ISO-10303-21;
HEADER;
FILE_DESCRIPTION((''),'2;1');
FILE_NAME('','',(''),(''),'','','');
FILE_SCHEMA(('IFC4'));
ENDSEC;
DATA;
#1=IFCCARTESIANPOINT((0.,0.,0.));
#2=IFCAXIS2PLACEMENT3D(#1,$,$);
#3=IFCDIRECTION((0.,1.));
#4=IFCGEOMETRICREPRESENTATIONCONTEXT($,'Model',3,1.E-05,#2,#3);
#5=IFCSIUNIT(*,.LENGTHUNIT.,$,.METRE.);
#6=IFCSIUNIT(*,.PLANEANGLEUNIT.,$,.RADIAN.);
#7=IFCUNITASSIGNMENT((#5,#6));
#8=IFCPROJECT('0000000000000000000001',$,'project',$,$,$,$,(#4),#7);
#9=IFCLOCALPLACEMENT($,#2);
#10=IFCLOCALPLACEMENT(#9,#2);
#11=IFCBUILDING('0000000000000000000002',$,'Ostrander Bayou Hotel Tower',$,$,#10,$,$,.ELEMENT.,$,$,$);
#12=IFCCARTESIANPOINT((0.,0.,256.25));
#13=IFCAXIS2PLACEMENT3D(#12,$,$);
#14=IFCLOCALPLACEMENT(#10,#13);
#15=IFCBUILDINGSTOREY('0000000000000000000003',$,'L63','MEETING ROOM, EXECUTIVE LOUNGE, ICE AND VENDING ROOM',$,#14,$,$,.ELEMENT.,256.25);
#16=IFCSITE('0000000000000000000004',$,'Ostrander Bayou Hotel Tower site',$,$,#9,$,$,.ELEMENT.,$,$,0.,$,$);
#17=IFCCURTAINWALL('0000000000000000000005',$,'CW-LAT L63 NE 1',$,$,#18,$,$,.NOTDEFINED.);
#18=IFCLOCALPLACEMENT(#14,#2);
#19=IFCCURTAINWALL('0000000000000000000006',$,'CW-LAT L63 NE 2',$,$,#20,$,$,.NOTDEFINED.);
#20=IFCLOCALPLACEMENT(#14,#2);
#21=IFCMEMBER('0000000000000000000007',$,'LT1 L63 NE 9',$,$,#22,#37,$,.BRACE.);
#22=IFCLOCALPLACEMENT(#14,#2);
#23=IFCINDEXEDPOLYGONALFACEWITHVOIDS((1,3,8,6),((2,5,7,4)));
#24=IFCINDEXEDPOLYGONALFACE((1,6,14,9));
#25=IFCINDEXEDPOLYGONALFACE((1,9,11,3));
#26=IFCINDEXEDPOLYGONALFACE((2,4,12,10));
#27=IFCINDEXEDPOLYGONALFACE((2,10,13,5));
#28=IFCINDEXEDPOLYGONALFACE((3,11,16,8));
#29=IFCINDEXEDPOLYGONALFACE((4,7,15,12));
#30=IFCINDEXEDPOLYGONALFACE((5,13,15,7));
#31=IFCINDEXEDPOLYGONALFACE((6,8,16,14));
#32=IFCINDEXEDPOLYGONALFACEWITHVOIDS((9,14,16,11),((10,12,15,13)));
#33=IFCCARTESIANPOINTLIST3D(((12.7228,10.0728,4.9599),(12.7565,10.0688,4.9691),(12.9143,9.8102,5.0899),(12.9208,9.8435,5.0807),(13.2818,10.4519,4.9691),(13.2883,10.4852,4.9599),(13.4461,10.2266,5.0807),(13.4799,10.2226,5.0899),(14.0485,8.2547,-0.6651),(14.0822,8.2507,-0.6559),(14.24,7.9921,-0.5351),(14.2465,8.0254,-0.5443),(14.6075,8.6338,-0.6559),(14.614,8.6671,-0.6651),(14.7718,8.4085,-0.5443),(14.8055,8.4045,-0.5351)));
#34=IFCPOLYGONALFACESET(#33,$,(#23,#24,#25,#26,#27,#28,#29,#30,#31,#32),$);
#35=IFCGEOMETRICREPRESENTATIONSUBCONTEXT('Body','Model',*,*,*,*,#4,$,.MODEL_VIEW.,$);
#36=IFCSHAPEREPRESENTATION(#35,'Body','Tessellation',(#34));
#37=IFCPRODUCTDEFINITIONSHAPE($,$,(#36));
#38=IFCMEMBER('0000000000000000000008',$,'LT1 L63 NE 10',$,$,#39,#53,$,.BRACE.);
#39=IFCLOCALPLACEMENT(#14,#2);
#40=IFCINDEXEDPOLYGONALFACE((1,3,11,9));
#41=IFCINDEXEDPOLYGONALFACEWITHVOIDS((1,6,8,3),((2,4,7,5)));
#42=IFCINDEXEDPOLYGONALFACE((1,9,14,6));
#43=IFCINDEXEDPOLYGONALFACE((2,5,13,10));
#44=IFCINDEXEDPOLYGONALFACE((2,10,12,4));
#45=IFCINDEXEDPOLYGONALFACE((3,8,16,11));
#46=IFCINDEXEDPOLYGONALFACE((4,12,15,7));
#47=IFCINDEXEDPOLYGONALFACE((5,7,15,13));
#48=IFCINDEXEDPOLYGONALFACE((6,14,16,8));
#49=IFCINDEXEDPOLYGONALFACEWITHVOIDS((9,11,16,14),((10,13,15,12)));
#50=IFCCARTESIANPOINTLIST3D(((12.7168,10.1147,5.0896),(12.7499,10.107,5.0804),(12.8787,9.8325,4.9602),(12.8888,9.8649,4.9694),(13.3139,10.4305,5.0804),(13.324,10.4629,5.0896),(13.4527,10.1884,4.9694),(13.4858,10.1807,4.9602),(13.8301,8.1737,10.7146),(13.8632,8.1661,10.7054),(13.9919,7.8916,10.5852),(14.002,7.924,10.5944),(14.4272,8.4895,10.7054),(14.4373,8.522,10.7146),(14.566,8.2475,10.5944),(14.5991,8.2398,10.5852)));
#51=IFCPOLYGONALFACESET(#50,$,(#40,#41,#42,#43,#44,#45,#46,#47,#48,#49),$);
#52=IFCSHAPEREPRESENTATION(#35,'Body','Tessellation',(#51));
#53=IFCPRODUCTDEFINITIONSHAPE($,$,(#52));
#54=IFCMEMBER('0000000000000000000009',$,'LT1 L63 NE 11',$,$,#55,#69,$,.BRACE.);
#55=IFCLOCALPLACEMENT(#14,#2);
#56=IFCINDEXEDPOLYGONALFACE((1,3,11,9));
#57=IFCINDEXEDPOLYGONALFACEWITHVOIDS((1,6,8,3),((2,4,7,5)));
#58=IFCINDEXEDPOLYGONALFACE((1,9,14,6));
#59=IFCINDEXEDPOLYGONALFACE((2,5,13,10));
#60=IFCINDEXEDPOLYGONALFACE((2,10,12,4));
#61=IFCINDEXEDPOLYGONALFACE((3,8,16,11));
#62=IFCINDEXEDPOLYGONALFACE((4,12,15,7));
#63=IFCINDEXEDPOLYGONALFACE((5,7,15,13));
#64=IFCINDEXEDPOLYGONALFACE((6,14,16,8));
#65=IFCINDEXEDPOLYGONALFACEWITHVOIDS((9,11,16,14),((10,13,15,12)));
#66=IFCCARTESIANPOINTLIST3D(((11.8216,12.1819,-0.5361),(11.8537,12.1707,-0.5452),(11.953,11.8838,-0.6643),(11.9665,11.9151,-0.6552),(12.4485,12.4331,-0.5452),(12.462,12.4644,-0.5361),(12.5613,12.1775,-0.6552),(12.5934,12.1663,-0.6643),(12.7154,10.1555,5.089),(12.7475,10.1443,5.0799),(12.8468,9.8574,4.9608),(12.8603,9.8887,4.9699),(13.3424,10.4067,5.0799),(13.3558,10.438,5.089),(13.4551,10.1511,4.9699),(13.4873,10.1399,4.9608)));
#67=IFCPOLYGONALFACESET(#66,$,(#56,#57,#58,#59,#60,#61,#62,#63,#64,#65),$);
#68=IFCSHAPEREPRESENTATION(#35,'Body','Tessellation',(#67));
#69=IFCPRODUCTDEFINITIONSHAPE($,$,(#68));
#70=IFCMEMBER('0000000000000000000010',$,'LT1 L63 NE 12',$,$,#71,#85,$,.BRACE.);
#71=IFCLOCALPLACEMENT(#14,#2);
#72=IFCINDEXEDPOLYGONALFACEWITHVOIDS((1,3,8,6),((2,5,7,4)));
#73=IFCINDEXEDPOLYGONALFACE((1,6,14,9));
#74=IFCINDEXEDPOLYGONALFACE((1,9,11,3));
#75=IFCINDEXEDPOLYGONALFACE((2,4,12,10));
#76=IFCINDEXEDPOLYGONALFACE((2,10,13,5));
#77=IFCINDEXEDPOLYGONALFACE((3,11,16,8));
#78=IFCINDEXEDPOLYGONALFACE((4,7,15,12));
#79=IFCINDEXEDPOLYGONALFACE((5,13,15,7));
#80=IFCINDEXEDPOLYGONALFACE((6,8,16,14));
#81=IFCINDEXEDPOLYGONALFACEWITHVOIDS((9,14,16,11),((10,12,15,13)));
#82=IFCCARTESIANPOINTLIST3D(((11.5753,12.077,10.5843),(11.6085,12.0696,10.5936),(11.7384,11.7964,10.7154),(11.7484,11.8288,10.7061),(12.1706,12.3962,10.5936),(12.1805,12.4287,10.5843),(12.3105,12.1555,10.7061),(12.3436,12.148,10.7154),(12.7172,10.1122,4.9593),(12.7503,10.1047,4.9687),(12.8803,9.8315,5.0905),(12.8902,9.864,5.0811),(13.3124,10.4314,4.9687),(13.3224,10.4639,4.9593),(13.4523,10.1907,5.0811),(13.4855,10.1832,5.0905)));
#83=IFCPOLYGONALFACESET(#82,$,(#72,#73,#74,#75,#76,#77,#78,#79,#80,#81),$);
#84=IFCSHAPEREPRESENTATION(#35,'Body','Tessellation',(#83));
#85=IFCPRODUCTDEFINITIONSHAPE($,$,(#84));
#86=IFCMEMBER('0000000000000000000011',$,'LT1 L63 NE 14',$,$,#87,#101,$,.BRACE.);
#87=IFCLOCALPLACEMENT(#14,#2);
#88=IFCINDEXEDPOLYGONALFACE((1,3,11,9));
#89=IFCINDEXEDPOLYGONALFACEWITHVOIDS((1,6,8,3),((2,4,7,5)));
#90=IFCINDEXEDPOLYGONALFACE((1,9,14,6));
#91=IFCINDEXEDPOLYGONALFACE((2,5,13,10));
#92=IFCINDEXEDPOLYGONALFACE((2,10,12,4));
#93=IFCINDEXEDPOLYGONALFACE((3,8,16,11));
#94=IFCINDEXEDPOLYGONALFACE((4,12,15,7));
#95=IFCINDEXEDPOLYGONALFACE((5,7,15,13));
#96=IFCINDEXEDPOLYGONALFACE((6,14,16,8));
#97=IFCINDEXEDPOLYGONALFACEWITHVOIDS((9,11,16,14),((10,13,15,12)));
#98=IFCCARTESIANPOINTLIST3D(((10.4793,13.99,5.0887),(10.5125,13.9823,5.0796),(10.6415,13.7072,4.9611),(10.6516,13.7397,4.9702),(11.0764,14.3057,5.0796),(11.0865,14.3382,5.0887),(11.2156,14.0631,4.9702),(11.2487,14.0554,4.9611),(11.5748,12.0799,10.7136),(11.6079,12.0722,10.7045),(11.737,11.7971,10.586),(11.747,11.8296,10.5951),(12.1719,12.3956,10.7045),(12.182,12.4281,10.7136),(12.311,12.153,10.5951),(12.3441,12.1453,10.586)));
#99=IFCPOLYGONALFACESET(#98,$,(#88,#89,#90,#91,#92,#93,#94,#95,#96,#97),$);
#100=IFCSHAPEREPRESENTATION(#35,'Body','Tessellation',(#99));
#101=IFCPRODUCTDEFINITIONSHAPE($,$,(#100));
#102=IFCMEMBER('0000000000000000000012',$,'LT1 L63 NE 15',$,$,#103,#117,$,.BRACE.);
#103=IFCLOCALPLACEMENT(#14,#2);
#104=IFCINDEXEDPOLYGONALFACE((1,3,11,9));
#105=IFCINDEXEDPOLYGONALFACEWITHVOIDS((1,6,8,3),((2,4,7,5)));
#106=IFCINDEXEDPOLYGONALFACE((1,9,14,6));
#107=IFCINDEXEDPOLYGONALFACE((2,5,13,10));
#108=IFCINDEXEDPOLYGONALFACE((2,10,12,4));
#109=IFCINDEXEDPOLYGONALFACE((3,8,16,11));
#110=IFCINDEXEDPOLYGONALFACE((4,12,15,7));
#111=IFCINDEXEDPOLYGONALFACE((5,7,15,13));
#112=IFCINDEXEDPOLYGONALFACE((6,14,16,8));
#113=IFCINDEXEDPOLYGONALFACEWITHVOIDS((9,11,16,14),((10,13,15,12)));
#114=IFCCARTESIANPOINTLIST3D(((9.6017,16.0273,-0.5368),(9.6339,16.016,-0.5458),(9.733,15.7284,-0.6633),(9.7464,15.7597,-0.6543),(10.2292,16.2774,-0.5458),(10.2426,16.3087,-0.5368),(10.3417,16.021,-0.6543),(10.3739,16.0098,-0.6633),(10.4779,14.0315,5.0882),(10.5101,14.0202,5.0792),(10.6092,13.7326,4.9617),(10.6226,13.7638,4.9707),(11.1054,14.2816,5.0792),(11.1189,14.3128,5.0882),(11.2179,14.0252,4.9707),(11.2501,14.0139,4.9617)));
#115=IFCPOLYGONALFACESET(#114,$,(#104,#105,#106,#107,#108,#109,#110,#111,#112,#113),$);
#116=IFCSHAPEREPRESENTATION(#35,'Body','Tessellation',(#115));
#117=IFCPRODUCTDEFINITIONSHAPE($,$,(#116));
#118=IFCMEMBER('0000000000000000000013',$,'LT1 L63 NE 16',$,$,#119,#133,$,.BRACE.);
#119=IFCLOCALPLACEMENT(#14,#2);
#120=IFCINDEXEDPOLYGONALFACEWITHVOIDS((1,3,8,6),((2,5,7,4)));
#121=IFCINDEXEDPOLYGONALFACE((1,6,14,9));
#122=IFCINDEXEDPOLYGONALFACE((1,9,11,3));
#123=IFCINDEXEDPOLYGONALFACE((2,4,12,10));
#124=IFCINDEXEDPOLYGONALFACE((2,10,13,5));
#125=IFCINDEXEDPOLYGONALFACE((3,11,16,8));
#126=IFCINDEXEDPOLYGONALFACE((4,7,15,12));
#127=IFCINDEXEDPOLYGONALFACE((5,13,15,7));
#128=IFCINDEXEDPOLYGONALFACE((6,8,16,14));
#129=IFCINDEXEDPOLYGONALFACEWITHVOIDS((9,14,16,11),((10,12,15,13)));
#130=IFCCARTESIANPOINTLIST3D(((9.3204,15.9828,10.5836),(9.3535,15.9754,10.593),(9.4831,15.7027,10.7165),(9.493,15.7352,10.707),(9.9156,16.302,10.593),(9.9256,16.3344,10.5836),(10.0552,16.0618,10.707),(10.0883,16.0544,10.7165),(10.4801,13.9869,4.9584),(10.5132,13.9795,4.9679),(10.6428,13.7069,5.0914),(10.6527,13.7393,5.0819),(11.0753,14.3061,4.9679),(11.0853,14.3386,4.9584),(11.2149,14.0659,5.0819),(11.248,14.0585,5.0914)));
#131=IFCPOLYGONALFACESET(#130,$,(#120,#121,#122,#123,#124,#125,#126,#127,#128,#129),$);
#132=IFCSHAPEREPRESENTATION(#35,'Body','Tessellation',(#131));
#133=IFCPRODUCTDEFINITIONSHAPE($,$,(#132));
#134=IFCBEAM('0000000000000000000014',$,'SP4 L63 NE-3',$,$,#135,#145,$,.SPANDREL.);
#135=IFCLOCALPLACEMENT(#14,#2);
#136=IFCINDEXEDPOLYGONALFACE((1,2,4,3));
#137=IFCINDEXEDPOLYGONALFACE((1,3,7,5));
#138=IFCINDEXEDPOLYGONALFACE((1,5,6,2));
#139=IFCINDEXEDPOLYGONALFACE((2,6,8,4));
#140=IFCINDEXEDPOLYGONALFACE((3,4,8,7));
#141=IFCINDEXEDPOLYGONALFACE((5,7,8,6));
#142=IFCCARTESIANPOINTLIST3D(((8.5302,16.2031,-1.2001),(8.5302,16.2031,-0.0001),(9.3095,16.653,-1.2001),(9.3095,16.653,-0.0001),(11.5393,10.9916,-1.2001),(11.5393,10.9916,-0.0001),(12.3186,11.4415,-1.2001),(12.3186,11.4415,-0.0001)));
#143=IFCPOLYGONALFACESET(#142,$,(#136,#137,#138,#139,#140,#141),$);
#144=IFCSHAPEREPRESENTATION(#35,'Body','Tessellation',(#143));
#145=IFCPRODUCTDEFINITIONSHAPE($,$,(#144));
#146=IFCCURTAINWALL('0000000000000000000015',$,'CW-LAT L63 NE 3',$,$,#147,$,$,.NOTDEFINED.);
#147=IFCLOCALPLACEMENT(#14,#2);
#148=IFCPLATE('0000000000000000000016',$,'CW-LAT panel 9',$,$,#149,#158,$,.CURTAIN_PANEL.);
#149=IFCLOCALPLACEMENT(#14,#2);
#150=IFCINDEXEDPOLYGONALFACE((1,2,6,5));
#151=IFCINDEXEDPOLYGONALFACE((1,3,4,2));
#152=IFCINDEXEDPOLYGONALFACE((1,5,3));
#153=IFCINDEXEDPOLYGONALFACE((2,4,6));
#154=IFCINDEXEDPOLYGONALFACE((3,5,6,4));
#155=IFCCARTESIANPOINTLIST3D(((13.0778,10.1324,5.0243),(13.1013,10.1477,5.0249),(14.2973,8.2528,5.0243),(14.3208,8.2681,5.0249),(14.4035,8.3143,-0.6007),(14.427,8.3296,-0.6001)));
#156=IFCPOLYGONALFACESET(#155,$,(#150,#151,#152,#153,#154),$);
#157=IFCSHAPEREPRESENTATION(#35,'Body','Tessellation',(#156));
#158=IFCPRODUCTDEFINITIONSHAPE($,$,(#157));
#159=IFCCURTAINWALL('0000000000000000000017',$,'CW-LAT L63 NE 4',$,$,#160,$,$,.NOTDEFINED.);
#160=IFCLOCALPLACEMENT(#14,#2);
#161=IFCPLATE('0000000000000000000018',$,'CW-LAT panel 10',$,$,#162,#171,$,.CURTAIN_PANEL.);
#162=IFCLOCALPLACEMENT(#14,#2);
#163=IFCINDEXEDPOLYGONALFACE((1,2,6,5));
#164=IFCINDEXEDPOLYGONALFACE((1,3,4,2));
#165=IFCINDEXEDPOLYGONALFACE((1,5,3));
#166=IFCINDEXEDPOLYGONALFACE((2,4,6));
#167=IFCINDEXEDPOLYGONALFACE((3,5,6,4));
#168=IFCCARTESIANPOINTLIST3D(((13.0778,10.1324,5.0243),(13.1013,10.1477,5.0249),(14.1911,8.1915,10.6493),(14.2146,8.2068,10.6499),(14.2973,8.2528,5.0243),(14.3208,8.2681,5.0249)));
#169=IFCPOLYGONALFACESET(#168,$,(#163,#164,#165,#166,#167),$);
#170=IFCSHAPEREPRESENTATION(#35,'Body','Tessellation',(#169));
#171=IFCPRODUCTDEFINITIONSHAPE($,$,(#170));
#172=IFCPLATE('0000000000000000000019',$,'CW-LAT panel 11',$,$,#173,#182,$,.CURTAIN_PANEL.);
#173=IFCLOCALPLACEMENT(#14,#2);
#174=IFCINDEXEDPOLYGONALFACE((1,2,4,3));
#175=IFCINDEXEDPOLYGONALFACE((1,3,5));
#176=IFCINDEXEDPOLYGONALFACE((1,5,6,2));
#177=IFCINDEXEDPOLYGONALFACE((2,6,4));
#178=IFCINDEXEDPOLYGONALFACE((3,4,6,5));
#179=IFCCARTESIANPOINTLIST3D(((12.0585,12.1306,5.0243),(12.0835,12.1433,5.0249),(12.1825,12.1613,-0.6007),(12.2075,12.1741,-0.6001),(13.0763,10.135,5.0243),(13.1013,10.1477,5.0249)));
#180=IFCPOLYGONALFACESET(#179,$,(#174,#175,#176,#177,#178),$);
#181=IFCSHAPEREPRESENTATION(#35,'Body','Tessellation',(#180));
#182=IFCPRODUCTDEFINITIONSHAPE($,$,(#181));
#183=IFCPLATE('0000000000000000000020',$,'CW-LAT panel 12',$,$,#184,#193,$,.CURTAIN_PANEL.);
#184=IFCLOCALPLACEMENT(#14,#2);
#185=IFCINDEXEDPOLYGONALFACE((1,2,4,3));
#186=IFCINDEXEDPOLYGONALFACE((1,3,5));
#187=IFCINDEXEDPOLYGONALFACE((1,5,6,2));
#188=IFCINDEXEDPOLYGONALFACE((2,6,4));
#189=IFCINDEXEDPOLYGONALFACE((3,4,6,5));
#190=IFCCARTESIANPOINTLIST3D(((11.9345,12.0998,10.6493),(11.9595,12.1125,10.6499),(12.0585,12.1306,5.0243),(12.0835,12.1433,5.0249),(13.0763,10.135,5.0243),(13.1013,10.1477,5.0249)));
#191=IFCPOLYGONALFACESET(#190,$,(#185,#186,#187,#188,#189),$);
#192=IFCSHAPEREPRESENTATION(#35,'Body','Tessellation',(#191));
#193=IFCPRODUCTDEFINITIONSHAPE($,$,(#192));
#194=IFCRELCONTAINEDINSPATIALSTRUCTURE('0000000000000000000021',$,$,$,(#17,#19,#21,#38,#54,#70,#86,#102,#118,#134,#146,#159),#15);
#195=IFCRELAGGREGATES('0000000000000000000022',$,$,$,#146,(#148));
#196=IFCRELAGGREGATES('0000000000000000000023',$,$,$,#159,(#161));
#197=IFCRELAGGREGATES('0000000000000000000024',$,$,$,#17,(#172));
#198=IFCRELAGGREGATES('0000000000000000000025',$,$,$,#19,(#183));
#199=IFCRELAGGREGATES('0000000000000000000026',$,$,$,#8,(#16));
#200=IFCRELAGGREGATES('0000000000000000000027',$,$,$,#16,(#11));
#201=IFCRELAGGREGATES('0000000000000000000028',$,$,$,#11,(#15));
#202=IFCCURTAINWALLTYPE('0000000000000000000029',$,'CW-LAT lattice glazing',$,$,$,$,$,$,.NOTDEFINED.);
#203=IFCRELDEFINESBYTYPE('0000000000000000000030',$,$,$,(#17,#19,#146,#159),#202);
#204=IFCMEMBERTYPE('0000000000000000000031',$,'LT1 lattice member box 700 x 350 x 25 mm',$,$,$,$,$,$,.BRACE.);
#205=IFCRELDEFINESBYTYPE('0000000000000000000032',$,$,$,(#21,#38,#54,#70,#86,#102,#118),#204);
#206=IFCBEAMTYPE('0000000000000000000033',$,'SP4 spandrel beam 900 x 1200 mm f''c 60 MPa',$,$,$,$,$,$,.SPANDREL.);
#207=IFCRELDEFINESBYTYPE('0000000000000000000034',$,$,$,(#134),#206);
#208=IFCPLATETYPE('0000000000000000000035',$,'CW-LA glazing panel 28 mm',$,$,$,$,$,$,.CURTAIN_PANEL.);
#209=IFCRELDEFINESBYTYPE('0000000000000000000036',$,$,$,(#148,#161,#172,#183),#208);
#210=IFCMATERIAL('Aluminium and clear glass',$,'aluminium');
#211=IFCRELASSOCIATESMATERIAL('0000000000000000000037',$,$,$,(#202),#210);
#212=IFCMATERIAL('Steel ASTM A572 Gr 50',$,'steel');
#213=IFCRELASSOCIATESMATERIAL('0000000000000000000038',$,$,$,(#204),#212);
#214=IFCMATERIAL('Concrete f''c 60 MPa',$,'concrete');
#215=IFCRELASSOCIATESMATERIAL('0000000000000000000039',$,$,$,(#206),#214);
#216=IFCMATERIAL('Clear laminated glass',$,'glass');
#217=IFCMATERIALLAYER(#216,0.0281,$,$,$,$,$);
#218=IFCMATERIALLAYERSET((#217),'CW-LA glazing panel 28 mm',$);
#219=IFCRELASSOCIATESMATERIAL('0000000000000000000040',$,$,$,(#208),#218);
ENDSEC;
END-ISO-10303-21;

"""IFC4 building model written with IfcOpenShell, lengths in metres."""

from ifc_helpers import new_model, si_unit, direction, frame, origin, origin_2d, place, context, subcontext, project, spatial, polyline, rectangle, hollow_rectangle, outline, extrude, material, layer, layer_set, material_profile, profile_set, type_object, element, aggregate, save


model = new_model("IFC4")

# Units and contexts
model_context = context("Model", 3, precision=1e-05, world=origin(), true_north=direction((0.0, 1.0)))
body_context = subcontext(model_context, "Body", "Model", "MODEL_VIEW")
ifc_project = project(units=[si_unit("LENGTHUNIT", "METRE"), si_unit("PLANEANGLEUNIT", "RADIAN")], contexts=[model_context])

# Site, building, storey
site_placement = place(None, origin())
site = spatial("IfcSite", under=ifc_project, at=site_placement, Name="Ostrander Bayou Hotel Tower site", CompositionType="ELEMENT", RefElevation=0.0)
building_placement = place(site_placement, origin())
building = spatial("IfcBuilding", under=site, at=building_placement, Name="Ostrander Bayou Hotel Tower", CompositionType="ELEMENT")
storey_placement = place(building_placement, frame((0.0, 0.0, 256.25)))
storey = spatial("IfcBuildingStorey", under=building, at=storey_placement, Name="L63", Description="MEETING ROOM, EXECUTIVE LOUNGE, ICE AND VENDING ROOM", CompositionType="ELEMENT", Elevation=256.25)

# Curtain walls
ifc_material_1 = material(Name="Aluminium and clear glass", Category="aluminium")
curtain_wall_type = type_object("IfcCurtainWallType", Name="CW-LAT lattice glazing", PredefinedType="NOTDEFINED", material=ifc_material_1)
curtain_wall_1_placement = place(storey_placement, origin())
curtain_wall_1 = element("IfcCurtainWall", 1, at=curtain_wall_1_placement, inside=storey, type_object=curtain_wall_type, Name="CW-LAT L63 NE 1", PredefinedType="NOTDEFINED")
curtain_wall_2_placement = place(storey_placement, origin())
curtain_wall_2 = element("IfcCurtainWall", 2, at=curtain_wall_2_placement, inside=storey, type_object=curtain_wall_type, Name="CW-LAT L63 NE 2", PredefinedType="NOTDEFINED")

# Members
ifc_material_2 = material(Name="Steel ASTM A572 Gr 50", Category="steel")
ifc_material_profile_1 = material_profile(ifc_material_2, hollow_rectangle(XDim=0.7, YDim=0.3501, WallThickness=0.0249, at=origin_2d()))
ifc_profile_set_1 = profile_set([ifc_material_profile_1], Name="Steel ASTM A572 Gr 50")
member_type_1 = type_object("IfcMemberType", Name="LT1 lattice member box 700 x 350 x 25 mm", PredefinedType="BRACE", material=ifc_profile_set_1)
member_1_placement = place(storey_placement, frame((13.1013, 10.1477, 5.0249), z_axis=(0.218819, -0.300101, -0.928471), x_axis=(0.808013, 0.589165, 0.0)))
element("IfcMember", 3, at=member_1_placement, inside=storey, type_object=member_type_1, Name="LT1 L63 NE 9", PredefinedType="BRACE", context=body_context, shape_type="SweptSolid", body=[
    extrude(hollow_rectangle(XDim=0.7, YDim=0.3501, WallThickness=0.0249, at=origin_2d()), origin(), (0.0, 0.0, 1.0), 6.0583),
])
member_2_placement = place(storey_placement, frame((13.1013, 10.1477, 5.0249), z_axis=(0.183901, -0.320617, 0.929185), x_axis=(0.867436, 0.497548, 0.0)))
element("IfcMember", 4, at=member_2_placement, inside=storey, type_object=member_type_1, Name="LT1 L63 NE 10", PredefinedType="BRACE", context=body_context, shape_type="SweptSolid", body=[
    extrude(hollow_rectangle(XDim=0.7, YDim=0.3501, WallThickness=0.0249, at=origin_2d()), origin(), (0.0, 0.0, 1.0), 6.0537),
])
member_3_placement = place(storey_placement, frame((13.1013, 10.1477, 5.0249), z_axis=(-0.14785, 0.335197, -0.930475), x_axis=(-0.914949, -0.40357, 0.0)))
element("IfcMember", 5, at=member_3_placement, inside=storey, type_object=member_type_1, Name="LT1 L63 NE 11", PredefinedType="BRACE", context=body_context, shape_type="SweptSolid", body=[
    extrude(hollow_rectangle(XDim=0.7, YDim=0.3501, WallThickness=0.0249, at=origin_2d()), origin(), (0.0, 0.0, 1.0), 6.0454),
])
member_4_placement = place(storey_placement, frame((13.1013, 10.1477, 5.0249), z_axis=(-0.188215, 0.323873, 0.92719), x_axis=(-0.864604, -0.502454, 0.0)))
element("IfcMember", 6, at=member_4_placement, inside=storey, type_object=member_type_1, Name="LT1 L63 NE 12", PredefinedType="BRACE", context=body_context, shape_type="SweptSolid", body=[
    extrude(hollow_rectangle(XDim=0.7, YDim=0.3501, WallThickness=0.0249, at=origin_2d()), origin(), (0.0, 0.0, 1.0), 6.0667),
])
member_5_placement = place(storey_placement, frame((10.864, 14.0227, 5.0249), z_axis=(0.181348, -0.316217, 0.931192), x_axis=(0.867471, 0.497488, 0.0)))
element("IfcMember", 7, at=member_5_placement, inside=storey, type_object=member_type_1, Name="LT1 L63 NE 14", PredefinedType="BRACE", context=body_context, shape_type="SweptSolid", body=[
    extrude(hollow_rectangle(XDim=0.7, YDim=0.3501, WallThickness=0.0249, at=origin_2d()), origin(), (0.0, 0.0, 1.0), 6.0405),
])
member_6_placement = place(storey_placement, frame((10.864, 14.0227, 5.0249), z_axis=(-0.145249, 0.330846, -0.93244), x_axis=(-0.915645, -0.401988, 0.0)))
element("IfcMember", 8, at=member_6_placement, inside=storey, type_object=member_type_1, Name="LT1 L63 NE 15", PredefinedType="BRACE", context=body_context, shape_type="SweptSolid", body=[
    extrude(hollow_rectangle(XDim=0.7, YDim=0.3501, WallThickness=0.0249, at=origin_2d()), origin(), (0.0, 0.0, 1.0), 6.0325),
])
member_7_placement = place(storey_placement, frame((10.864, 14.0227, 5.0249), z_axis=(-0.190728, 0.328254, 0.925134), x_axis=(-0.864641, -0.502391, 0.0)))
element("IfcMember", 9, at=member_7_placement, inside=storey, type_object=member_type_1, Name="LT1 L63 NE 16", PredefinedType="BRACE", context=body_context, shape_type="SweptSolid", body=[
    extrude(hollow_rectangle(XDim=0.7, YDim=0.3501, WallThickness=0.0249, at=origin_2d()), origin(), (0.0, 0.0, 1.0), 6.0803),
])

# Beam
ifc_material_3 = material(Name="Concrete f'c 60 MPa", Category="concrete")
ifc_material_profile_2 = material_profile(ifc_material_3, rectangle(XDim=0.8999, YDim=1.2, at=origin_2d()))
ifc_profile_set_2 = profile_set([ifc_material_profile_2], Name="Concrete f'c 60 MPa")
beam_type_1 = type_object("IfcBeamType", Name="SP4 spandrel beam 900 x 1200 mm f'c 60 MPa", PredefinedType="SPANDREL", material=ifc_profile_set_2)
beam_1_placement = place(storey_placement, frame((11.929, 11.2166, -0.6001), z_axis=(-0.500027, 0.86601, 0.0), x_axis=(-0.86601, -0.500027, 0.0)))
element("IfcBeam", 10, at=beam_1_placement, inside=storey, type_object=beam_type_1, Name="SP4 L63 NE-3", PredefinedType="SPANDREL", context=body_context, shape_type="SweptSolid", body=[
    extrude(rectangle(XDim=0.8999, YDim=1.2, at=origin_2d()), origin(), (0.0, 0.0, 1.0), 6.0178),
])

# Curtain walls, plates
curtain_wall_3_placement = place(storey_placement, origin())
curtain_wall_3 = element("IfcCurtainWall", 11, at=curtain_wall_3_placement, inside=storey, type_object=curtain_wall_type, Name="CW-LAT L63 NE 3", PredefinedType="NOTDEFINED")
ifc_material_4 = material(Name="Clear laminated glass", Category="glass")
ifc_layer_1 = layer(ifc_material_4, 0.0281)
ifc_layer_set_1 = layer_set([ifc_layer_1], Name="CW-LA glazing panel 28 mm")
plate_type = type_object("IfcPlateType", Name="CW-LA glazing panel 28 mm", PredefinedType="CURTAIN_PANEL", material=ifc_layer_set_1)
plate_1_placement = place(storey_placement, frame((13.1013, 10.1477, 5.0249), z_axis=(0.83871, 0.544143, 0.021787), x_axis=(0.218819, -0.300101, -0.928471)))
plate_1 = element("IfcPlate", 12, at=plate_1_placement, type_object=plate_type, Name="CW-LAT panel 9", PredefinedType="CURTAIN_PANEL", context=body_context, shape_type="SweptSolid", body=[
    extrude(outline(polyline([(0.0, 0.0), (6.0584, 0.0), (0.8309, -2.0808), (0.0, 0.0)])), origin(), (0.0, 0.0, -1.0), 0.0281),
])
curtain_wall_4_placement = place(storey_placement, origin())
curtain_wall_4 = element("IfcCurtainWall", 13, at=curtain_wall_4_placement, inside=storey, type_object=curtain_wall_type, Name="CW-LAT L63 NE 4", PredefinedType="NOTDEFINED")
plate_2_placement = place(storey_placement, frame((13.1013, 10.1477, 5.0249), z_axis=(0.83871, 0.544143, 0.021763), x_axis=(0.183901, -0.320617, 0.929185)))
plate_2 = element("IfcPlate", 14, at=plate_2_placement, type_object=plate_type, Name="CW-LAT panel 10", PredefinedType="CURTAIN_PANEL", context=body_context, shape_type="SweptSolid", body=[
    extrude(outline(polyline([(0.0, 0.0), (6.0537, 0.0), (0.8269, 2.0824), (0.0, 0.0)])), origin(), (0.0, 0.0, -1.0), 0.0281),
])

# Plates
plate_3_placement = place(storey_placement, frame((13.1013, 10.1477, 5.0249), z_axis=(0.890606, 0.454237, 0.022121), x_axis=(-0.14785, 0.335197, -0.930475)))
plate_3 = element("IfcPlate", 15, at=plate_3_placement, type_object=plate_type, Name="CW-LAT panel 11", PredefinedType="CURTAIN_PANEL", context=body_context, shape_type="SweptSolid", body=[
    extrude(outline(polyline([(0.0, 0.0), (6.0453, 0.0), (0.8194, 2.0849), (0.0, 0.0)])), origin(), (0.0, 0.0, -1.0), 0.0281),
])
plate_4_placement = place(storey_placement, frame((13.1013, 10.1477, 5.0249), z_axis=(0.890606, 0.454237, 0.022121), x_axis=(-0.188215, 0.323873, 0.92719)))
plate_4 = element("IfcPlate", 16, at=plate_4_placement, type_object=plate_type, Name="CW-LAT panel 12", PredefinedType="CURTAIN_PANEL", context=body_context, shape_type="SweptSolid", body=[
    extrude(outline(polyline([(0.0, 0.0), (6.0667, 0.0), (0.8379, -2.0776), (0.0, 0.0)])), origin(), (0.0, 0.0, -1.0), 0.0281),
])
aggregate(curtain_wall_3, [plate_1])
aggregate(curtain_wall_4, [plate_2])
aggregate(curtain_wall_1, [plate_3])
aggregate(curtain_wall_2, [plate_4])

save(model, "model.ifc")
